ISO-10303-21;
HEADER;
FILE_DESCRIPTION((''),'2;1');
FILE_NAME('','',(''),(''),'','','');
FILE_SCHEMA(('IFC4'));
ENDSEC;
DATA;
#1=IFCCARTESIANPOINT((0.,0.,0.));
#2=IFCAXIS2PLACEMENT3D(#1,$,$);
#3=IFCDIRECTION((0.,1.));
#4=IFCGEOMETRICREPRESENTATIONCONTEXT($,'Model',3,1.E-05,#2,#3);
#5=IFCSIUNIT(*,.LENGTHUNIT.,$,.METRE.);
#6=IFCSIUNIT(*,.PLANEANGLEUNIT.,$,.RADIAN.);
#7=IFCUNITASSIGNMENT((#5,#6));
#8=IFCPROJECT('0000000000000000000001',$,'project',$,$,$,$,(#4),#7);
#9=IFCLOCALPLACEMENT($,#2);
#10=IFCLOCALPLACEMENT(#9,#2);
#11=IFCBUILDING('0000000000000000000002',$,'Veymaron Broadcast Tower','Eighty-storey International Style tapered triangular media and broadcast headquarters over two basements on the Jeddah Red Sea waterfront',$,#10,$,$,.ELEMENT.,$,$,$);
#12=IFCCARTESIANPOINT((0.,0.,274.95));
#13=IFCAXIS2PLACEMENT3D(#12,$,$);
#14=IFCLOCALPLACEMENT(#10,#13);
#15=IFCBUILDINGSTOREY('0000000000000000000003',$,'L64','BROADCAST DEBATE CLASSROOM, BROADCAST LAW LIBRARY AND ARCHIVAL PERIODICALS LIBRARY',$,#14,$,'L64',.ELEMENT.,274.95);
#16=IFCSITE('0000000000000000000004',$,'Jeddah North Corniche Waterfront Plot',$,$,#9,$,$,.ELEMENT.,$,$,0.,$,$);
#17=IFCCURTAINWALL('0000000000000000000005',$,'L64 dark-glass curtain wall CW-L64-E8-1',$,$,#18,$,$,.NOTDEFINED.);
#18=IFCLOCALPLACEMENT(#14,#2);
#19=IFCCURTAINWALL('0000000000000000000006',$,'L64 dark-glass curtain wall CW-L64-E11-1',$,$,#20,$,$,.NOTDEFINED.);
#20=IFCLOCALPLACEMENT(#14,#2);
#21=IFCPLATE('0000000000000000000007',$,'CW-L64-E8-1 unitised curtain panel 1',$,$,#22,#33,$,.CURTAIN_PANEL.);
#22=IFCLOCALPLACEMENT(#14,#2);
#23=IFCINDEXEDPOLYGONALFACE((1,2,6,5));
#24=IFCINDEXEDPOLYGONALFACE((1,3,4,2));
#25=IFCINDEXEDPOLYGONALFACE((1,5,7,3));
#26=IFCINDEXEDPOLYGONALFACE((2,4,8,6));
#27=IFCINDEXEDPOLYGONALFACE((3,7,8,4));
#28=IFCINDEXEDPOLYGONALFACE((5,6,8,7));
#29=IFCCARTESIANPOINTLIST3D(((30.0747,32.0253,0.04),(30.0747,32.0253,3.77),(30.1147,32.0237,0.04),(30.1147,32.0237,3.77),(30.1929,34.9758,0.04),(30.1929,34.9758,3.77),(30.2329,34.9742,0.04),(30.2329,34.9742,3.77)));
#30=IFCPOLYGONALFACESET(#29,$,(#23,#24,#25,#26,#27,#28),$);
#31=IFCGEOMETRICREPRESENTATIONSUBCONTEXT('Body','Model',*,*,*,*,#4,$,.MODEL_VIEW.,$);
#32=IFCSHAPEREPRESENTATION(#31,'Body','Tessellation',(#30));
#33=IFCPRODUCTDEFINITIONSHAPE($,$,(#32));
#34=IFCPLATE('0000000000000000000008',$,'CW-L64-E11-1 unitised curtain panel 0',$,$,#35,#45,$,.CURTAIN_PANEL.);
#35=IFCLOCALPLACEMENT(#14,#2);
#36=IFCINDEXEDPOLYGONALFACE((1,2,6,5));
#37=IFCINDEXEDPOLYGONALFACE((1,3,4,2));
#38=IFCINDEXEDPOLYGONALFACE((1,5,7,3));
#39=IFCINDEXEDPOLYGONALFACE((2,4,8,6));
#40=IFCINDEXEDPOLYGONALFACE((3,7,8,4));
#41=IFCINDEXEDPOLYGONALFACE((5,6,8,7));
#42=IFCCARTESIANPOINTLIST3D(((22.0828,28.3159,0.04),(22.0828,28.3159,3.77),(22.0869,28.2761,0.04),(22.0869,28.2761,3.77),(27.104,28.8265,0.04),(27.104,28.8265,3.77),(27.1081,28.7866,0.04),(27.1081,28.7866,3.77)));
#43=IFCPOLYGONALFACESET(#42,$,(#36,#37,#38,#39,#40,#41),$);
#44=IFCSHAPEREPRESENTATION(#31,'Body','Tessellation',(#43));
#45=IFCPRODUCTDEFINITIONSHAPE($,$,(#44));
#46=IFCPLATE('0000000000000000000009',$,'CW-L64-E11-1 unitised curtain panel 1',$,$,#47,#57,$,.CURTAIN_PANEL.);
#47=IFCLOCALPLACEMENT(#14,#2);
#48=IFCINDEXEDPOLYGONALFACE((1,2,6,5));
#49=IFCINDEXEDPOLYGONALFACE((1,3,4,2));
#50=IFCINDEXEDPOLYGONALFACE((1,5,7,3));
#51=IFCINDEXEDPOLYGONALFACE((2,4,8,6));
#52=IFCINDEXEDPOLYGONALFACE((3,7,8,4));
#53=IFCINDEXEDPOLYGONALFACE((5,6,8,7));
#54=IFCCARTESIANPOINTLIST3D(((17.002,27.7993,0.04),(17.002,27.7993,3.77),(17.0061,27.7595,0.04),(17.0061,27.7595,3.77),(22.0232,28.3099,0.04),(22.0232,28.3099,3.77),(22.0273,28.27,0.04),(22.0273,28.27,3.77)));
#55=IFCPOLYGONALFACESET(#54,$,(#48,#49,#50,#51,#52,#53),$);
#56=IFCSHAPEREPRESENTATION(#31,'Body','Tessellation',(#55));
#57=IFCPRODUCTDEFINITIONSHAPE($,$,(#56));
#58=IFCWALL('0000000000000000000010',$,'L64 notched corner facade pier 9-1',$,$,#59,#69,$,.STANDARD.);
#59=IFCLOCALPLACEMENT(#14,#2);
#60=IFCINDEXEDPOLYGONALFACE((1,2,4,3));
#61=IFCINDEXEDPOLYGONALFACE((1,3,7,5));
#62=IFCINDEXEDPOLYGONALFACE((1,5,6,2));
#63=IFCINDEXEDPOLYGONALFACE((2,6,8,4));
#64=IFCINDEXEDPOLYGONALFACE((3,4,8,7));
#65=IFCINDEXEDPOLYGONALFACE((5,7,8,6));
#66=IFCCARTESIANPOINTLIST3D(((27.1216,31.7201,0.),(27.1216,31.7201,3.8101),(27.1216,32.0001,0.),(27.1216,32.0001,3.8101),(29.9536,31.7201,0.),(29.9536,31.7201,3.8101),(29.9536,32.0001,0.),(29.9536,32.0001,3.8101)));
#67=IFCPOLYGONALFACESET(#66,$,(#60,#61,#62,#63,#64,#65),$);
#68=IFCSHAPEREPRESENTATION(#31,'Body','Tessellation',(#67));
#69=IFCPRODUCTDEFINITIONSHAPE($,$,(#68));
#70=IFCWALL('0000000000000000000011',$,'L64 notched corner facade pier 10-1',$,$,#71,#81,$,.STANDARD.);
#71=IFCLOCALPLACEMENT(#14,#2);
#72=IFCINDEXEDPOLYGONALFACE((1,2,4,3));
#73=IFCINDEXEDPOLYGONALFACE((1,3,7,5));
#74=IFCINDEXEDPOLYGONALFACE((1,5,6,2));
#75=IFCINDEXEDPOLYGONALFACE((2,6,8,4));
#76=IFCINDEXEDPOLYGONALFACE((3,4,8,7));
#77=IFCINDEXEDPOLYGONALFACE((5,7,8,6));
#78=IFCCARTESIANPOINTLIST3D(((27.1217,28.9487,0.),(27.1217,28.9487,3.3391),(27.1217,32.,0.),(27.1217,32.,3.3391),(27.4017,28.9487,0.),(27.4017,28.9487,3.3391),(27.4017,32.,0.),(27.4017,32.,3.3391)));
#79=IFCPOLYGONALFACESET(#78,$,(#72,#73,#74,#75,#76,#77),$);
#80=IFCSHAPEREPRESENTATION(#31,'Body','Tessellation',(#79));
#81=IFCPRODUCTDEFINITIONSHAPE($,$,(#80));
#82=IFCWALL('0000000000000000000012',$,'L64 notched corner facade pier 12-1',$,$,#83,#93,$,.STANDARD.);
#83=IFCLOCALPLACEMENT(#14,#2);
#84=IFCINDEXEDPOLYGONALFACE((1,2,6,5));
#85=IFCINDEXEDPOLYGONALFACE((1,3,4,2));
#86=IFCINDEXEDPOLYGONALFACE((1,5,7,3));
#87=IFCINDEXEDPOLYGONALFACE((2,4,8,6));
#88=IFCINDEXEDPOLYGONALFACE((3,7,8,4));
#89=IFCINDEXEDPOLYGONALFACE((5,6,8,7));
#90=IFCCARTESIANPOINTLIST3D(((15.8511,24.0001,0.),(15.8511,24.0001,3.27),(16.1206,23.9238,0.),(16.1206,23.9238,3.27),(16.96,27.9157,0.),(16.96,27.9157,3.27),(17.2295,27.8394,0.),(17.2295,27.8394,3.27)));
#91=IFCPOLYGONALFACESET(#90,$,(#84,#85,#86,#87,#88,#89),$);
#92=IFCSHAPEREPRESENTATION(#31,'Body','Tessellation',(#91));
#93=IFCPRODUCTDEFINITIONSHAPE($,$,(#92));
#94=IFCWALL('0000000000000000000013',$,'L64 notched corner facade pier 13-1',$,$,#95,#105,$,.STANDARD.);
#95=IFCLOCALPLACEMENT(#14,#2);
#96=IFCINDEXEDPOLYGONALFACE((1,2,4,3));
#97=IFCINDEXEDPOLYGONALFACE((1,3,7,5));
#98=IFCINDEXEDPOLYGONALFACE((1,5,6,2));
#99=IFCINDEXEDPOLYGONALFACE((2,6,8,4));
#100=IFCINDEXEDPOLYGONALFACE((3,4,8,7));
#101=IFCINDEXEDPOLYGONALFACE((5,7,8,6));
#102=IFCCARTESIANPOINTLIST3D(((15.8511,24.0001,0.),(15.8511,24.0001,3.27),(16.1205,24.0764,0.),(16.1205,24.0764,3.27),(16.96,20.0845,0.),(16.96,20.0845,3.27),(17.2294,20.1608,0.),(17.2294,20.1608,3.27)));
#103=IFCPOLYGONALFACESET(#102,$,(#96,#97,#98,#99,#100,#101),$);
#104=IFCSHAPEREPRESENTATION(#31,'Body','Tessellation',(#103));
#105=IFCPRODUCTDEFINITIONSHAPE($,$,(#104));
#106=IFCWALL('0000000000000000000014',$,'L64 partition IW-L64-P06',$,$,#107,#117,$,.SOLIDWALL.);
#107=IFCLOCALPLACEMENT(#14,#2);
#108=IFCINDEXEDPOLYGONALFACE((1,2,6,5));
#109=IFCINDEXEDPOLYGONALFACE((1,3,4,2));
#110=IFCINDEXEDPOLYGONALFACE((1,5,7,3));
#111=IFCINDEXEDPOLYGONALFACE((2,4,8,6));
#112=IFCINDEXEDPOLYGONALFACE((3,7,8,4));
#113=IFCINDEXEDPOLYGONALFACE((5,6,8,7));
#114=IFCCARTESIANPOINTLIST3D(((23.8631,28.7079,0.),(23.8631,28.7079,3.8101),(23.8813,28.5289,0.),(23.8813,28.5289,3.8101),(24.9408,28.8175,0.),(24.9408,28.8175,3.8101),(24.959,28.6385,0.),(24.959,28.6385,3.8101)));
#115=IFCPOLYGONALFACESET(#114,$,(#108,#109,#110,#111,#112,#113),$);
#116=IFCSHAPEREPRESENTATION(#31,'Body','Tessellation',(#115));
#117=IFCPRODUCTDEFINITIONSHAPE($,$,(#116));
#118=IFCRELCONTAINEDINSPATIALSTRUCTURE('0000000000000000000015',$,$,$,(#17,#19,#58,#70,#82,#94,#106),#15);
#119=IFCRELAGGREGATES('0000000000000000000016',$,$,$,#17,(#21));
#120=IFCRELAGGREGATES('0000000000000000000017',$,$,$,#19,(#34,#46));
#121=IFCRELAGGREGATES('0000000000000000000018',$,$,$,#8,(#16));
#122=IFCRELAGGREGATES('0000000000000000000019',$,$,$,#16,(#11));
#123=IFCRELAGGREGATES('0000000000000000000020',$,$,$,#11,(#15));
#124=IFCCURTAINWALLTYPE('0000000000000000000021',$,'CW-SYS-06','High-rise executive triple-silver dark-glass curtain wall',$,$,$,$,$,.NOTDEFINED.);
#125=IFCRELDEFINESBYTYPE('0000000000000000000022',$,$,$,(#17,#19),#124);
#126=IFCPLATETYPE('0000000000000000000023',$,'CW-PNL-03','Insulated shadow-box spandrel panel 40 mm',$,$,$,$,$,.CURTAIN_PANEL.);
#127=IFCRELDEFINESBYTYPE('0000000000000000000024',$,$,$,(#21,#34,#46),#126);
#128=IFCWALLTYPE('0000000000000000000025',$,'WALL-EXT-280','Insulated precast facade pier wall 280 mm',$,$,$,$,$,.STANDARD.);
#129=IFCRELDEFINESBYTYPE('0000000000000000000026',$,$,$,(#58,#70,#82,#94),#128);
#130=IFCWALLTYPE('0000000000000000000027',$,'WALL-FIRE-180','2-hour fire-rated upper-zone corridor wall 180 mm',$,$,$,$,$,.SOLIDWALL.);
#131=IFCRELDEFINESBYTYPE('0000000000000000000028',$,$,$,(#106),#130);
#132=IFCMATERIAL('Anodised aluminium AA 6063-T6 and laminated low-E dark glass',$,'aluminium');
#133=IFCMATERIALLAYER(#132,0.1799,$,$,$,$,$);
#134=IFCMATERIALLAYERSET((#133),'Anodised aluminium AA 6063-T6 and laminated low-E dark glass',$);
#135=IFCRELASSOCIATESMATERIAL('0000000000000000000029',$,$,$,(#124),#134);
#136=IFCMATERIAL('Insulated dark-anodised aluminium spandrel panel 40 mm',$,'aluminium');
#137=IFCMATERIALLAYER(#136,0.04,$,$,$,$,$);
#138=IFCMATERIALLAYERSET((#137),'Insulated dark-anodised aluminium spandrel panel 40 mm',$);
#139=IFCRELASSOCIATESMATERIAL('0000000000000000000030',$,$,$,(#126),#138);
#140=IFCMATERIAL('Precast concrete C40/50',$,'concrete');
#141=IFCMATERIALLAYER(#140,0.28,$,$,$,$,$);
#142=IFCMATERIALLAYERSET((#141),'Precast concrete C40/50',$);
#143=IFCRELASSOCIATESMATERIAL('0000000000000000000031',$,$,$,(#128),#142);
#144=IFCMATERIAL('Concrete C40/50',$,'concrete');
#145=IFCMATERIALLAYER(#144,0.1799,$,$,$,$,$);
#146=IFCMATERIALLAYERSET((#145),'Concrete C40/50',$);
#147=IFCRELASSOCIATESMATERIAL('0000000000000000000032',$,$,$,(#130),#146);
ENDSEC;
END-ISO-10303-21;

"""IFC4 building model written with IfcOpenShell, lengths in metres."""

from ifc_helpers import new_model, si_unit, direction, frame, frame_2d, origin, origin_2d, place, context, subcontext, project, spatial, rectangle, extrude, material, layer, layer_set, type_object, element, aggregate, save


model = new_model("IFC4")

# Units and contexts
model_context = context("Model", 3, precision=1e-05, world=origin(), true_north=direction((0.0, 1.0)))
body_context = subcontext(model_context, "Body", "Model", "MODEL_VIEW")
ifc_project = project(units=[si_unit("LENGTHUNIT", "METRE"), si_unit("PLANEANGLEUNIT", "RADIAN")], contexts=[model_context])

# Site, building, storey
site_placement = place(None, origin())
site = spatial("IfcSite", under=ifc_project, at=site_placement, Name="Jeddah North Corniche Waterfront Plot", CompositionType="ELEMENT", RefElevation=0.0)
building_placement = place(site_placement, origin())
building = spatial("IfcBuilding", under=site, at=building_placement, Name="Veymaron Broadcast Tower", Description="Eighty-storey International Style tapered triangular media and broadcast headquarters over two basements on the Jeddah Red Sea waterfront", CompositionType="ELEMENT")
storey_placement = place(building_placement, frame((0.0, 0.0, 274.95)))
storey = spatial("IfcBuildingStorey", under=building, at=storey_placement, Name="L64", Description="BROADCAST DEBATE CLASSROOM, BROADCAST LAW LIBRARY AND ARCHIVAL PERIODICALS LIBRARY", LongName="L64", CompositionType="ELEMENT", Elevation=274.95)

# Curtain walls
ifc_material_1 = material(Name="Anodised aluminium AA 6063-T6 and laminated low-E dark glass", Category="aluminium")
ifc_layer_1 = layer(ifc_material_1, 0.1799)
ifc_layer_set_1 = layer_set([ifc_layer_1], Name="Anodised aluminium AA 6063-T6 and laminated low-E dark glass")
curtain_wall_type = type_object("IfcCurtainWallType", Name="CW-SYS-06", Description="High-rise executive triple-silver dark-glass curtain wall", PredefinedType="NOTDEFINED", material=ifc_layer_set_1)
curtain_wall_1_placement = place(storey_placement, origin())
curtain_wall_1 = element("IfcCurtainWall", 1, at=curtain_wall_1_placement, inside=storey, type_object=curtain_wall_type, Name="L64 dark-glass curtain wall CW-L64-E8-1", PredefinedType="NOTDEFINED")
curtain_wall_2_placement = place(storey_placement, origin())
curtain_wall_2 = element("IfcCurtainWall", 2, at=curtain_wall_2_placement, inside=storey, type_object=curtain_wall_type, Name="L64 dark-glass curtain wall CW-L64-E11-1", PredefinedType="NOTDEFINED")

# Plates
ifc_material_2 = material(Name="Insulated dark-anodised aluminium spandrel panel 40 mm", Category="aluminium")
ifc_layer_2 = layer(ifc_material_2, 0.04)
ifc_layer_set_2 = layer_set([ifc_layer_2], Name="Insulated dark-anodised aluminium spandrel panel 40 mm")
plate_type = type_object("IfcPlateType", Name="CW-PNL-03", Description="Insulated shadow-box spandrel panel 40 mm", PredefinedType="CURTAIN_PANEL", material=ifc_layer_set_2)
plate_1_placement = place(storey_placement, frame((30.1538, 33.4998, 0.04), z_axis=(0.0, 0.0, 1.0), x_axis=(-0.040045, -0.999198, 0.0)))
plate_1 = element("IfcPlate", 3, at=plate_1_placement, type_object=plate_type, Name="CW-L64-E8-1 unitised curtain panel 1", PredefinedType="CURTAIN_PANEL", context=body_context, shape_type="SweptSolid", body=[
    extrude(rectangle(XDim=2.9529, YDim=0.04, at=origin_2d()), origin(), (0.0, 0.0, 1.0), 3.73),
])
aggregate(curtain_wall_1, [plate_1])
plate_2_placement = place(storey_placement, frame((24.5955, 28.5513, 0.04), z_axis=(0.0, 0.0, 1.0), x_axis=(-0.99487, -0.10116, 0.0)))
plate_2 = element("IfcPlate", 4, at=plate_2_placement, type_object=plate_type, Name="CW-L64-E11-1 unitised curtain panel 0", PredefinedType="CURTAIN_PANEL", context=body_context, shape_type="SweptSolid", body=[
    extrude(rectangle(XDim=5.0471, YDim=0.04, at=origin_2d()), origin(), (0.0, 0.0, 1.0), 3.73),
])
plate_3_placement = place(storey_placement, frame((19.5146, 28.0347, 0.04), z_axis=(0.0, 0.0, 1.0), x_axis=(-0.99487, -0.10116, 0.0)))
plate_3 = element("IfcPlate", 5, at=plate_3_placement, type_object=plate_type, Name="CW-L64-E11-1 unitised curtain panel 1", PredefinedType="CURTAIN_PANEL", context=body_context, shape_type="SweptSolid", body=[
    extrude(rectangle(XDim=5.0471, YDim=0.04, at=origin_2d()), origin(), (0.0, 0.0, 1.0), 3.73),
])
aggregate(curtain_wall_2, [plate_2, plate_3])

# Walls
ifc_material_3 = material(Name="Precast concrete C40/50", Category="concrete")
ifc_layer_3 = layer(ifc_material_3, 0.28)
ifc_layer_set_3 = layer_set([ifc_layer_3], Name="Precast concrete C40/50")
wall_type_1 = type_object("IfcWallType", Name="WALL-EXT-280", Description="Insulated precast facade pier wall 280 mm", PredefinedType="STANDARD", material=ifc_layer_set_3)
wall_1_placement = place(storey_placement, frame((29.9536, 31.8601, 0.0), z_axis=(0.0, 0.0, 1.0), x_axis=(-1.0, 0.0, 0.0)))
element("IfcWall", 6, at=wall_1_placement, inside=storey, type_object=wall_type_1, Name="L64 notched corner facade pier 9-1", PredefinedType="STANDARD", context=body_context, shape_type="SweptSolid", body=[
    extrude(rectangle(XDim=2.832, YDim=0.28, at=frame_2d((1.416, 0.0))), origin(), (0.0, 0.0, 1.0), 3.8101),
])
wall_2_placement = place(storey_placement, frame((27.2617, 32.0, 0.0), z_axis=(0.0, 0.0, 1.0), x_axis=(0.0, -1.0, 0.0)))
element("IfcWall", 7, at=wall_2_placement, inside=storey, type_object=wall_type_1, Name="L64 notched corner facade pier 10-1", PredefinedType="STANDARD", context=body_context, shape_type="SweptSolid", body=[
    extrude(rectangle(XDim=3.0513, YDim=0.28, at=frame_2d((1.5256, 0.0))), origin(), (0.0, 0.0, 1.0), 3.3391),
])
for number, where, z_axis, x_axis, name in (
    (8, (17.0947, 27.8774, 0.0), (0.0, 0.0, 1.0), (-0.272486, -0.96216, 0.0), "L64 notched corner facade pier 12-1"),
    (9, (15.9858, 24.0381, 0.0), (0.0, 0.0, 1.0), (0.272486, -0.96216, 0.0), "L64 notched corner facade pier 13-1"),
):
    element("IfcWall", number, at=place(storey_placement, frame(where, z_axis=z_axis, x_axis=x_axis)), inside=storey, type_object=wall_type_1, Name=name, PredefinedType="STANDARD", context=body_context, shape_type="SweptSolid", body=[
        extrude(rectangle(XDim=4.0696, YDim=0.28, at=frame_2d((2.0347, 0.0))), origin(), (0.0, 0.0, 1.0), 3.27),
    ])
ifc_material_4 = material(Name="Concrete C40/50", Category="concrete")
ifc_layer_4 = layer(ifc_material_4, 0.1799)
ifc_layer_set_4 = layer_set([ifc_layer_4], Name="Concrete C40/50")
wall_type_2 = type_object("IfcWallType", Name="WALL-FIRE-180", Description="2-hour fire-rated upper-zone corridor wall 180 mm", PredefinedType="SOLIDWALL", material=ifc_layer_set_4)
wall_3_placement = place(storey_placement, frame((23.8723, 28.6184, 0.0), z_axis=(0.0, 0.0, 1.0), x_axis=(0.994866, 0.1012, 0.0)))
element("IfcWall", 10, at=wall_3_placement, inside=storey, type_object=wall_type_2, Name="L64 partition IW-L64-P06", PredefinedType="SOLIDWALL", context=body_context, shape_type="SweptSolid", body=[
    extrude(rectangle(XDim=1.0833, YDim=0.1799, at=frame_2d((0.5415, 0.0))), origin(), (0.0, 0.0, 1.0), 3.8101),
])

save(model, "model.ifc")
